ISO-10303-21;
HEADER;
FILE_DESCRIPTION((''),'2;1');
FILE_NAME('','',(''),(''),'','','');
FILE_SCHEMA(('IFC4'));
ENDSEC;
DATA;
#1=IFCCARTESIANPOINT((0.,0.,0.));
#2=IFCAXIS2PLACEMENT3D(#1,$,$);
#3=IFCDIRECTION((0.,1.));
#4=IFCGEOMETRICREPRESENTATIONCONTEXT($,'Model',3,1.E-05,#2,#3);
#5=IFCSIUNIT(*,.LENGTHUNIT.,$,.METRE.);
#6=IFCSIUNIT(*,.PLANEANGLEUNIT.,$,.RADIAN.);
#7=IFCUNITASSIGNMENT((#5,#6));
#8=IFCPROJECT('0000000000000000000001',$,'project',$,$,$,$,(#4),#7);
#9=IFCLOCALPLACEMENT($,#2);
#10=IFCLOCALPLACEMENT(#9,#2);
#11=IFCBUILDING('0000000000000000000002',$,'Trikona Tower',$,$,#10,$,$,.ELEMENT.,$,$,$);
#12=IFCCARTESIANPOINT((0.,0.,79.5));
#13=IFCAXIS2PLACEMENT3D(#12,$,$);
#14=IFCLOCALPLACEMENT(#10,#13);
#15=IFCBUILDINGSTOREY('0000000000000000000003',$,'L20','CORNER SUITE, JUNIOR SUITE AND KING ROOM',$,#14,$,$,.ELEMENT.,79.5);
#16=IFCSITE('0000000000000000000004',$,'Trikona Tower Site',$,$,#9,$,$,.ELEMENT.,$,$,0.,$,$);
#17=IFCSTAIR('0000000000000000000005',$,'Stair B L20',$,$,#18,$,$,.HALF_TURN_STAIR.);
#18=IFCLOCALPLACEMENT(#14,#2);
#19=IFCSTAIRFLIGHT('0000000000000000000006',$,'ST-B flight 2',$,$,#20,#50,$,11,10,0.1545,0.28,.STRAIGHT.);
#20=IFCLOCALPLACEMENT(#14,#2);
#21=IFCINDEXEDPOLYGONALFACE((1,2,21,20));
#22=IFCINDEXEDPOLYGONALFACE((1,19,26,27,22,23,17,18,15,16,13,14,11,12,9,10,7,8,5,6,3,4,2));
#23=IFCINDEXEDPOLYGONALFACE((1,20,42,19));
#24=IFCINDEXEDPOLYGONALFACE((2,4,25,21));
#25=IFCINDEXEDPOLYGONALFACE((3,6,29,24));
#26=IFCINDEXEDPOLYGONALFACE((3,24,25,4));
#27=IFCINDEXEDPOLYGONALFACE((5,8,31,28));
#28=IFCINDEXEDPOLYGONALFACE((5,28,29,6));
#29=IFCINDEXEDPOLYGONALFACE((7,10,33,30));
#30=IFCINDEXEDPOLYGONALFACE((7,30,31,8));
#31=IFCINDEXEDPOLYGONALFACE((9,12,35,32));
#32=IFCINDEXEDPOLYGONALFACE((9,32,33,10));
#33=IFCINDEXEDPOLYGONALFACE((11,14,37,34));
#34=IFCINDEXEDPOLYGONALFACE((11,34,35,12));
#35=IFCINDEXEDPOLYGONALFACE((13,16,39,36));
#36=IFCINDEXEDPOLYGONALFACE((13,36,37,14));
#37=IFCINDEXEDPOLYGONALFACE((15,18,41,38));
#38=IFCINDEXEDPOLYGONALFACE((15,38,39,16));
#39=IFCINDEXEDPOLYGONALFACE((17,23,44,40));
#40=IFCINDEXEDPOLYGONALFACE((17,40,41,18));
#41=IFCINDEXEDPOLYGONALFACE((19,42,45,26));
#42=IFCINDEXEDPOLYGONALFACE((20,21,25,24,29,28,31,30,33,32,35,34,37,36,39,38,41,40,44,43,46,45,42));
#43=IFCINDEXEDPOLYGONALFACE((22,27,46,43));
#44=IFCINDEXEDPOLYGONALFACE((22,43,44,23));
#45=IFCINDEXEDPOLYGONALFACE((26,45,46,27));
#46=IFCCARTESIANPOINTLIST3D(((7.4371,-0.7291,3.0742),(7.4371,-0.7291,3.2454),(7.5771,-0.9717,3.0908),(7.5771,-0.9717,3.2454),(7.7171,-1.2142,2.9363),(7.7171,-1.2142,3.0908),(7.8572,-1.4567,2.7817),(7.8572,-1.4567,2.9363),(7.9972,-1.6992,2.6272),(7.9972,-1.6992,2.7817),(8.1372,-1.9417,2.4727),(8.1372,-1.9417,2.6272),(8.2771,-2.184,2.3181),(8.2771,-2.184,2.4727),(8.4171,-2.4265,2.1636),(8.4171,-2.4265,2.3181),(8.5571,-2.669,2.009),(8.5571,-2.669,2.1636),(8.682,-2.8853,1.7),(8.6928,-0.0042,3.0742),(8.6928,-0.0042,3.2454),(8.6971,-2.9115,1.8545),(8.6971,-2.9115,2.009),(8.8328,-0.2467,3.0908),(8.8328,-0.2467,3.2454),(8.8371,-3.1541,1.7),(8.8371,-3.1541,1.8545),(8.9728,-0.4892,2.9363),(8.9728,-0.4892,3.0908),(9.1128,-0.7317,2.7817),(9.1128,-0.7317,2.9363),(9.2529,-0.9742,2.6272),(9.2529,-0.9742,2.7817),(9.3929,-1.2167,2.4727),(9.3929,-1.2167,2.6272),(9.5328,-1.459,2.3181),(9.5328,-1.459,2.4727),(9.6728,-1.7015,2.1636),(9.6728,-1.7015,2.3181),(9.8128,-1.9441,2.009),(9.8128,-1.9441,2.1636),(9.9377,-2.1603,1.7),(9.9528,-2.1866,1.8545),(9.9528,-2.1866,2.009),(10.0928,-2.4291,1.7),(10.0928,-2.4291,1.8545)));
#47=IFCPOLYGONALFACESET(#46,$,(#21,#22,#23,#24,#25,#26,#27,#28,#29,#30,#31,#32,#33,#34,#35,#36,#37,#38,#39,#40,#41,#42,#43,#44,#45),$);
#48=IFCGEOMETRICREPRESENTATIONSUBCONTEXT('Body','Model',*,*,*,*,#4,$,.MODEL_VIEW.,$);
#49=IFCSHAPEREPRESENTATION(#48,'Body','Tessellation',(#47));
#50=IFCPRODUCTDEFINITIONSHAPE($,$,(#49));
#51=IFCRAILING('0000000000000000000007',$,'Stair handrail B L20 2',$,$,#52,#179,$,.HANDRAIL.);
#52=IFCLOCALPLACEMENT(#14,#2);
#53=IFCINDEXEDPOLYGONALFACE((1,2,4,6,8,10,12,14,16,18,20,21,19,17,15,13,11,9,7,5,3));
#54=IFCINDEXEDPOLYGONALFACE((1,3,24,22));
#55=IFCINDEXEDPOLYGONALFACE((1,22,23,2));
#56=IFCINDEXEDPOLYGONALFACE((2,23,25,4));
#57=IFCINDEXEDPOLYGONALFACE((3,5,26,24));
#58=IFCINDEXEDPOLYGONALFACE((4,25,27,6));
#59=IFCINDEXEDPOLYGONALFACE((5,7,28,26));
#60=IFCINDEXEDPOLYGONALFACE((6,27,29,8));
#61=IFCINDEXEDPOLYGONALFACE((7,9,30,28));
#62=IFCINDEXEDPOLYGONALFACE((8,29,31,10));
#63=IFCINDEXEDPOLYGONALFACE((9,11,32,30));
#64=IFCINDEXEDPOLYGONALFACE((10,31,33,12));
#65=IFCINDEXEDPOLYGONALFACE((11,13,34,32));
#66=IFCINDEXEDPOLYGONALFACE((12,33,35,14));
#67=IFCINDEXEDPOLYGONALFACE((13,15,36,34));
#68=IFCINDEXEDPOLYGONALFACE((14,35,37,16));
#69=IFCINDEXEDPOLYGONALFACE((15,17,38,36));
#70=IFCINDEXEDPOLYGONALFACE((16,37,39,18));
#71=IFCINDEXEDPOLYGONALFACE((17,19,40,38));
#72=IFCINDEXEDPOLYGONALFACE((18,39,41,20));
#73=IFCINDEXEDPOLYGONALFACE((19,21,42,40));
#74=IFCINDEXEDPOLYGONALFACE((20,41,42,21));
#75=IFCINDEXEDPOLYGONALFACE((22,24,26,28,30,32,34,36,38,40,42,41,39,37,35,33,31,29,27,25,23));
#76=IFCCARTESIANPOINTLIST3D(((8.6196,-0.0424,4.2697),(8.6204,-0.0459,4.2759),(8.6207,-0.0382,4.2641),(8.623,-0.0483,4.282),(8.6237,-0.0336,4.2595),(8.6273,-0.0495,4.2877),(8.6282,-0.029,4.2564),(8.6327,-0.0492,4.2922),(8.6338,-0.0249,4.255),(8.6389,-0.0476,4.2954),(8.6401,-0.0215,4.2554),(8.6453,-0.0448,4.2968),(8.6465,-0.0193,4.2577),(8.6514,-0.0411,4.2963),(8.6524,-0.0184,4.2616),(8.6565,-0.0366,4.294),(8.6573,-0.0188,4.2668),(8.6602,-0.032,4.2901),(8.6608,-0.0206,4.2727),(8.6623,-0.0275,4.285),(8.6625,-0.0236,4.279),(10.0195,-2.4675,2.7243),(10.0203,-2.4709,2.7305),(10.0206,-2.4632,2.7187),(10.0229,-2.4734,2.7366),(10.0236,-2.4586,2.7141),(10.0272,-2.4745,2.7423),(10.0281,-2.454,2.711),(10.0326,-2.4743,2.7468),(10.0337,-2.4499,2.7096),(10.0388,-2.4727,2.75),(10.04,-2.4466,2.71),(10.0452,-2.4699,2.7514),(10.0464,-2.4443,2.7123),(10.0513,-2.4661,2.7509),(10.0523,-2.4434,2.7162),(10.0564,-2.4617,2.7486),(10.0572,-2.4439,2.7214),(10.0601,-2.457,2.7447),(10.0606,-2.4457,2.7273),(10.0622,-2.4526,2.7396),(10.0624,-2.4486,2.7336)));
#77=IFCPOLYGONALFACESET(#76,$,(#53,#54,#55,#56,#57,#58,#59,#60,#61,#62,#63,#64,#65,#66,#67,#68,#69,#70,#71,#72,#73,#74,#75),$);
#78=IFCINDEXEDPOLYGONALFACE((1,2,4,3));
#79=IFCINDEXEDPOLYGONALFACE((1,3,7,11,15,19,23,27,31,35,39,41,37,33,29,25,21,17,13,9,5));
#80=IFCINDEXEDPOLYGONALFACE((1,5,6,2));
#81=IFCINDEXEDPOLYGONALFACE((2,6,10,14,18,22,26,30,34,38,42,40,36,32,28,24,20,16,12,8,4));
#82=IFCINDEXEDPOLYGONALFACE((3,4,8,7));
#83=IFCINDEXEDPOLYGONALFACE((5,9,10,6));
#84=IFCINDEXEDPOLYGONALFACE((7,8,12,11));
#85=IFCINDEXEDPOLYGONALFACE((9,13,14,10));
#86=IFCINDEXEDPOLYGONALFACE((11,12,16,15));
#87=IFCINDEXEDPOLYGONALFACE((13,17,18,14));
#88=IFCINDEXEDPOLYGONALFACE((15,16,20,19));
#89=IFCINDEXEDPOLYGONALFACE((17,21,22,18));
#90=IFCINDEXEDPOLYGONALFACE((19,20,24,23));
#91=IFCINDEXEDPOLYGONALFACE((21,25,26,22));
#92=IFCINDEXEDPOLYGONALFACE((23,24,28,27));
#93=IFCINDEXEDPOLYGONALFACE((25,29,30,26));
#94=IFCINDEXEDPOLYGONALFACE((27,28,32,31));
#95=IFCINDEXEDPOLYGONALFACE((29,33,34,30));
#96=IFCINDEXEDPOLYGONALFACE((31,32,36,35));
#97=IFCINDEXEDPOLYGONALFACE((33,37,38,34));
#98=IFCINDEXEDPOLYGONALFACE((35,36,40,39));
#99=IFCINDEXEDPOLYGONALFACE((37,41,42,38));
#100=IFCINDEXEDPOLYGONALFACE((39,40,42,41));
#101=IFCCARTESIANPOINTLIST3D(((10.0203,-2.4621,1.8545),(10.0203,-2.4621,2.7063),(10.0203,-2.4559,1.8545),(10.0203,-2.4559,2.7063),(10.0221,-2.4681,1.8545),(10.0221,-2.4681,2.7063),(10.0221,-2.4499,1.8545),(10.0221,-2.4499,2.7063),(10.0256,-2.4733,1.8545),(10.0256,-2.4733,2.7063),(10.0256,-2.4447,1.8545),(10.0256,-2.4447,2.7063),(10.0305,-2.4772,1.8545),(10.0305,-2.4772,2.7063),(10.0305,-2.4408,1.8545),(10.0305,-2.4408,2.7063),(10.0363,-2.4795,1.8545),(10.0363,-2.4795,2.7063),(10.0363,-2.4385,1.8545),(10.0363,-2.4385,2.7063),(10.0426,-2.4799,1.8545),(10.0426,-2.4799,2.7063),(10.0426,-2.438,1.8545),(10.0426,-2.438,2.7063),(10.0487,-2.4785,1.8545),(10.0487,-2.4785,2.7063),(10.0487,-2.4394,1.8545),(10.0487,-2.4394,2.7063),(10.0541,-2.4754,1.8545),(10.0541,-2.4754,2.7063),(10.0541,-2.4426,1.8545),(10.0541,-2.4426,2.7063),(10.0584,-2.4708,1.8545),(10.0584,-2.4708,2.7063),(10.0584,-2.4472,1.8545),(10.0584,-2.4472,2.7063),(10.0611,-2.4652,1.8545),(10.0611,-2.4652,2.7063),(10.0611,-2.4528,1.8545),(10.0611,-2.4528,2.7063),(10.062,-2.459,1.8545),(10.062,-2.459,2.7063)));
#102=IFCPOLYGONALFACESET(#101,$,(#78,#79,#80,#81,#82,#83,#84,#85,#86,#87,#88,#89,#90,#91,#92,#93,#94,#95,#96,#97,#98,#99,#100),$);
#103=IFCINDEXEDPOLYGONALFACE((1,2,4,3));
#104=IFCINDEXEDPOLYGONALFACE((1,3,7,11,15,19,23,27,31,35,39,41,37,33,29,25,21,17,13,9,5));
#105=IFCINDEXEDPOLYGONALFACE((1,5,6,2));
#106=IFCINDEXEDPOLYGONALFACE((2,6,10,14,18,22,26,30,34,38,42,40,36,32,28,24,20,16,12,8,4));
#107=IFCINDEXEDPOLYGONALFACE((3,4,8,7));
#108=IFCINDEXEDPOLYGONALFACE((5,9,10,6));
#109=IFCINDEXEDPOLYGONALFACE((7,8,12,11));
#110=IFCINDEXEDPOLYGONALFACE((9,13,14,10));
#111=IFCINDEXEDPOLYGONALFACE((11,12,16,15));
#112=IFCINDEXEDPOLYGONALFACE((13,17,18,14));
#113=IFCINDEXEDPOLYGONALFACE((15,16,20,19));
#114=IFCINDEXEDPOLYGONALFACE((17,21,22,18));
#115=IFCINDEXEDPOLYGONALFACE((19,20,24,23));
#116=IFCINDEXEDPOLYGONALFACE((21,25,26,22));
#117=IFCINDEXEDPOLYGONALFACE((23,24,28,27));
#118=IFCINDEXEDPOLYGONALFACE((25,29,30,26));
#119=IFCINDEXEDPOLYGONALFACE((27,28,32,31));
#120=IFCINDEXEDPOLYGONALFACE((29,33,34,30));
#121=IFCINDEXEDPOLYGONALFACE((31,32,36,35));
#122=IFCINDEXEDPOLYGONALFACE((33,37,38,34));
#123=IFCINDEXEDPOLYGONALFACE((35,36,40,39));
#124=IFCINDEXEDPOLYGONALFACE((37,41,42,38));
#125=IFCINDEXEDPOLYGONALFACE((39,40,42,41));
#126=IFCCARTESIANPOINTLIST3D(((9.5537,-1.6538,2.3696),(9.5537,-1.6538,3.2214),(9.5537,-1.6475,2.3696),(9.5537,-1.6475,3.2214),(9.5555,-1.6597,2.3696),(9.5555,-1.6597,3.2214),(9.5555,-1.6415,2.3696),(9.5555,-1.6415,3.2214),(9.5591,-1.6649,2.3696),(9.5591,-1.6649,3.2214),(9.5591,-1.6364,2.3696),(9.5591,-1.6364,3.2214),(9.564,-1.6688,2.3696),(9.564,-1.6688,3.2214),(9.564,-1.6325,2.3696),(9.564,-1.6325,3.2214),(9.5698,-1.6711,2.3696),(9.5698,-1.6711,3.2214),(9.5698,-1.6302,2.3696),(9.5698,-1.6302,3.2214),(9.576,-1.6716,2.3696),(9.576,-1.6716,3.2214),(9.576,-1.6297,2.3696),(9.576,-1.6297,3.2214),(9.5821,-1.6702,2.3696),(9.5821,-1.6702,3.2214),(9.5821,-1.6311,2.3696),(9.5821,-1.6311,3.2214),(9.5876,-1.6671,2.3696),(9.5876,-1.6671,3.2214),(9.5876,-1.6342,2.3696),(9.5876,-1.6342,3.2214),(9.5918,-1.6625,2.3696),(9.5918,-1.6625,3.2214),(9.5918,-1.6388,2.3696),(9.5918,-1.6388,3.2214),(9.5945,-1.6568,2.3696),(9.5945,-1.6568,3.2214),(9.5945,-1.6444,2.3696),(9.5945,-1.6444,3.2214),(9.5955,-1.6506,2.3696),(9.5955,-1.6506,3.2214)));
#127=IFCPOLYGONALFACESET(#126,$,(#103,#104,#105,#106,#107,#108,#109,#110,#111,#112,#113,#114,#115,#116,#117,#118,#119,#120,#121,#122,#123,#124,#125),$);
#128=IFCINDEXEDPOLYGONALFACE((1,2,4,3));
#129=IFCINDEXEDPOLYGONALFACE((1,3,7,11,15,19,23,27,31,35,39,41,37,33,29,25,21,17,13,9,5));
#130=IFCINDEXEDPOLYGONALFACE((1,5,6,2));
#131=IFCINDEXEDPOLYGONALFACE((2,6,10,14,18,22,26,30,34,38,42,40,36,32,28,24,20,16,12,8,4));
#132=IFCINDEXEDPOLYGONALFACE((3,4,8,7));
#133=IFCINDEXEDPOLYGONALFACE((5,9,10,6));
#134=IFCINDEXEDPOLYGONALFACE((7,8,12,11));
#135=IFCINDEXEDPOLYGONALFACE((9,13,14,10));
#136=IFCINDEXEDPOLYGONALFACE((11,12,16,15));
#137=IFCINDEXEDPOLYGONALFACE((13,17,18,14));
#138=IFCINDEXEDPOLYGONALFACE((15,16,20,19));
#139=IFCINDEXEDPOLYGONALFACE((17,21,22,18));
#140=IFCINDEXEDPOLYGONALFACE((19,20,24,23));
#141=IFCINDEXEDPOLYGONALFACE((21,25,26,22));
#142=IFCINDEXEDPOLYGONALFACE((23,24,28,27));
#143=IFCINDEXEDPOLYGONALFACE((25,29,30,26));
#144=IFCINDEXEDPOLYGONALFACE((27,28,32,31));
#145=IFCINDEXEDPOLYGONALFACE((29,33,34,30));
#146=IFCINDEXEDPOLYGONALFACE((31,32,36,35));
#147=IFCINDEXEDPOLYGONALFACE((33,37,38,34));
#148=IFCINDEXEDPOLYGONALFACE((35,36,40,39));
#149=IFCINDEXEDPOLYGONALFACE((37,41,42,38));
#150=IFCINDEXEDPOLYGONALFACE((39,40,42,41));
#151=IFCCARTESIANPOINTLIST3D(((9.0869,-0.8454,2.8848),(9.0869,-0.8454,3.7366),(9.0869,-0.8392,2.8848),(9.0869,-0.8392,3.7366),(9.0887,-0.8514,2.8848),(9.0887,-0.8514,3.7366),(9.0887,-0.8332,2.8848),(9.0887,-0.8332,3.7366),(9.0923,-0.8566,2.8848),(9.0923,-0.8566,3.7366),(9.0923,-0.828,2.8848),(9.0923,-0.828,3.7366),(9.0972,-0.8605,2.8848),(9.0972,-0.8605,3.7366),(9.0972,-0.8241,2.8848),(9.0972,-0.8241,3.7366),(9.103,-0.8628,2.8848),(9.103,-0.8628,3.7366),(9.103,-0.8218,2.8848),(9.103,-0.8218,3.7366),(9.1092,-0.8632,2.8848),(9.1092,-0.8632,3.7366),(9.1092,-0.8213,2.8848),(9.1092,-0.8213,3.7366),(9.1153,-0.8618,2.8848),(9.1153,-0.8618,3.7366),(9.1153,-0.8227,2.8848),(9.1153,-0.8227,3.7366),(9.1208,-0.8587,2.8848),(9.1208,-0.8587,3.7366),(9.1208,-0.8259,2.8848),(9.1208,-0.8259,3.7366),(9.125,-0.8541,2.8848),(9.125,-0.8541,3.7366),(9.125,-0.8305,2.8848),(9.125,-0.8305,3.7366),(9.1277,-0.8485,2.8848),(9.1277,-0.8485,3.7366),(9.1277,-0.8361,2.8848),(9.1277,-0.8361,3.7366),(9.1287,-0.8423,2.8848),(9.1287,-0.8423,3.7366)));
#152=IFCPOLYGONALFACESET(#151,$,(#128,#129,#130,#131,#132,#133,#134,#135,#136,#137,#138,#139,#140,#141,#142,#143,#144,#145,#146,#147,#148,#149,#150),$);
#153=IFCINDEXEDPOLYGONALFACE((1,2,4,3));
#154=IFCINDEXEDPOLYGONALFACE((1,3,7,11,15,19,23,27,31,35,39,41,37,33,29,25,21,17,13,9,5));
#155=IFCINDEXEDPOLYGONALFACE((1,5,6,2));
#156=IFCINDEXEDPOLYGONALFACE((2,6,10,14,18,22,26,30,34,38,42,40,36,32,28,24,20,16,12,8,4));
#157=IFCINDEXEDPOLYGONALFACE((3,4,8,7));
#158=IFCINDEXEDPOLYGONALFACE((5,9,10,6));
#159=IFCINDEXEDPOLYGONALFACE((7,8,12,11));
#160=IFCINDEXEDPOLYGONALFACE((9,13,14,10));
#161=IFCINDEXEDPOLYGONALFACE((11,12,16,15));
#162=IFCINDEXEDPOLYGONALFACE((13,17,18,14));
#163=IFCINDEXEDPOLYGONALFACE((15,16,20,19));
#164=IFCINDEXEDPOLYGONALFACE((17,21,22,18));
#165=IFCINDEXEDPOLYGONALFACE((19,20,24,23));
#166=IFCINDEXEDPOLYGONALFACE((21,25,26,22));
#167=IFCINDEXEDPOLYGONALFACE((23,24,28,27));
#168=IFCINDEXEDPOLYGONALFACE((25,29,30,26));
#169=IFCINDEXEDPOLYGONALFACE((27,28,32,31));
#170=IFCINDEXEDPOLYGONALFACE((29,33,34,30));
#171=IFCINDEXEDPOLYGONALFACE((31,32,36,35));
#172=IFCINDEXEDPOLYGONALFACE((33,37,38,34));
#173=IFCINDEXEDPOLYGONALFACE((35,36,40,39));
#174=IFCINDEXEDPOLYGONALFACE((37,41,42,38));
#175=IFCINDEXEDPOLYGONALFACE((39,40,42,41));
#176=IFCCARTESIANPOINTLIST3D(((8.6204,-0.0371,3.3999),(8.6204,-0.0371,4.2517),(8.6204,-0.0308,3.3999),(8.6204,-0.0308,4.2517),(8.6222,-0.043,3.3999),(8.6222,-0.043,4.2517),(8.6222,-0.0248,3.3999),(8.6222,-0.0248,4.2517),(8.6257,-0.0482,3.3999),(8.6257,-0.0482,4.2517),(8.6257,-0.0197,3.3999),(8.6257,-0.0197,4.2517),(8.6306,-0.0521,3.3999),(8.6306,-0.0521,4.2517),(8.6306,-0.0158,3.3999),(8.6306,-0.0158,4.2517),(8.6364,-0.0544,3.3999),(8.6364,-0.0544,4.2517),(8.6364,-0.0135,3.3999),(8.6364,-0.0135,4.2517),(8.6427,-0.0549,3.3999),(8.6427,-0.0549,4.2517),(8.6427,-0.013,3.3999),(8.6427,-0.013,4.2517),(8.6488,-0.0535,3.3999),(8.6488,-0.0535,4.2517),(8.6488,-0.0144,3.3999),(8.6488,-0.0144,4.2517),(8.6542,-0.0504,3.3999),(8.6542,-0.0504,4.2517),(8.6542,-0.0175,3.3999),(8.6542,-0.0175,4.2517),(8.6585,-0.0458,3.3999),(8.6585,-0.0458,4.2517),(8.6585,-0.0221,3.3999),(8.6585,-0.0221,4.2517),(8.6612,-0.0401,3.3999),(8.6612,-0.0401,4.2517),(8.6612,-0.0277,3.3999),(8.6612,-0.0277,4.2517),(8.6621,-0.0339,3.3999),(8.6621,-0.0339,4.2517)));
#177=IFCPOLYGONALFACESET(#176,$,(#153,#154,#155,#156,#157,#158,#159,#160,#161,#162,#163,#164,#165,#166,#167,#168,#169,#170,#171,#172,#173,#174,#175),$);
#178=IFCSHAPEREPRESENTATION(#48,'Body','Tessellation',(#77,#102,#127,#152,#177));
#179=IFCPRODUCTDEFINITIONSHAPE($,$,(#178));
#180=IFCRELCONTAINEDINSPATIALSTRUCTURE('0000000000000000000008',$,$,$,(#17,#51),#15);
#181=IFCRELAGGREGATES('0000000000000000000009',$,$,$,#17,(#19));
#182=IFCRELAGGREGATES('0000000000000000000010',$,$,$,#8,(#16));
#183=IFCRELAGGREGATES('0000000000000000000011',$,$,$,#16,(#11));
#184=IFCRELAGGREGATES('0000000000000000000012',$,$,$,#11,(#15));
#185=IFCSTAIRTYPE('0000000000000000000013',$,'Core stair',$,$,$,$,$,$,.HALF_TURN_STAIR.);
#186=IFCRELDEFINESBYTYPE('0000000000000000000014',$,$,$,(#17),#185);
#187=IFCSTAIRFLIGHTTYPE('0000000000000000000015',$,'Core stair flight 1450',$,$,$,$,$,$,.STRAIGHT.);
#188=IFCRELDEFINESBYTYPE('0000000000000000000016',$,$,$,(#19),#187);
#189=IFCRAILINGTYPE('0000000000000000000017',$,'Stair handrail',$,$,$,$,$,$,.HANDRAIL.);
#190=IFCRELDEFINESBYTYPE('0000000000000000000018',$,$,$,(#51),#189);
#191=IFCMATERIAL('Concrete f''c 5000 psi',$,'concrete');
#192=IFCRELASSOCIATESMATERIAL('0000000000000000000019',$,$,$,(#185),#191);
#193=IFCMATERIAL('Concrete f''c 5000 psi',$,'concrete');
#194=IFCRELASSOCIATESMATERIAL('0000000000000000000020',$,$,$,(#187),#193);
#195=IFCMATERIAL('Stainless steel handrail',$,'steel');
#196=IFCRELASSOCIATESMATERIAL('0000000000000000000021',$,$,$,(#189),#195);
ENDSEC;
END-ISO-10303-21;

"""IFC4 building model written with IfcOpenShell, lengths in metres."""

from ifc_helpers import new_model, si_unit, direction, frame, origin, origin_2d, place, context, subcontext, project, spatial, polyline, circle, outline, extrude, material, type_object, element, aggregate, save


model = new_model("IFC4")

# Units and contexts
model_context = context("Model", 3, precision=1e-05, world=origin(), true_north=direction((0.0, 1.0)))
body_context = subcontext(model_context, "Body", "Model", "MODEL_VIEW")
ifc_project = project(units=[si_unit("LENGTHUNIT", "METRE"), si_unit("PLANEANGLEUNIT", "RADIAN")], contexts=[model_context])

# Site, building, storey
site_placement = place(None, origin())
site = spatial("IfcSite", under=ifc_project, at=site_placement, Name="Trikona Tower Site", CompositionType="ELEMENT", RefElevation=0.0)
building_placement = place(site_placement, origin())
building = spatial("IfcBuilding", under=site, at=building_placement, Name="Trikona Tower", CompositionType="ELEMENT")
storey_placement = place(building_placement, frame((0.0, 0.0, 79.5)))
storey = spatial("IfcBuildingStorey", under=building, at=storey_placement, Name="L20", Description="CORNER SUITE, JUNIOR SUITE AND KING ROOM", CompositionType="ELEMENT", Elevation=79.5)

# Stair, stair flight
ifc_material_1 = material(Name="Concrete f'c 5000 psi", Category="concrete")
stair_type = type_object("IfcStairType", Name="Core stair", PredefinedType="HALF_TURN_STAIR", material=ifc_material_1)
stair_placement = place(storey_placement, origin())
stair = element("IfcStair", 1, at=stair_placement, inside=storey, type_object=stair_type, Name="Stair B L20", PredefinedType="HALF_TURN_STAIR")
ifc_material_2 = material(Name="Concrete f'c 5000 psi", Category="concrete")
stair_flight_type = type_object("IfcStairFlightType", Name="Core stair flight 1450", PredefinedType="STRAIGHT", material=ifc_material_2)
stair_flight_placement = place(storey_placement, frame((9.4651, -2.7915, 1.7), z_axis=(0.0, 0.0, 1.0), x_axis=(-0.5, 0.866025, 0.0)))
stair_flight = element("IfcStairFlight", 2, at=stair_flight_placement, type_object=stair_flight_type, Name="ST-B flight 2", NumberOfRisers=11, NumberOfTreads=10, PredefinedType="STRAIGHT", RiserHeight=0.1545, TreadLength=0.28, context=body_context, shape_type="SweptSolid", body=[
    extrude(outline(polyline([(0.0, 0.0), (0.0, 0.1545), (0.28, 0.1545), (0.28, 0.3091), (0.5601, 0.3091), (0.5601, 0.4636), (0.8401, 0.4636), (0.8401, 0.6182), (1.1201, 0.6182), (1.1201, 0.7727), (1.3999, 0.7727), (1.3999, 0.9272), (1.6799, 0.9272), (1.6799, 1.0818), (1.96, 1.0818), (1.96, 1.2363), (2.24, 1.2363), (2.24, 1.3909), (2.52, 1.3909), (2.52, 1.5454), (2.8, 1.5454), (2.8, 1.7), (2.8, 1.3743), (0.3103, 0.0), (0.0, 0.0)])), frame((0.0, 0.7251, 0.0), z_axis=(0.0, -1.0, 0.0), x_axis=(1.0, 0.0, 0.0)), (0.0, 0.0, 1.0), 1.45),
])
aggregate(stair, [stair_flight])

# Railing
ifc_material_3 = material(Name="Stainless steel handrail", Category="steel")
railing_type = type_object("IfcRailingType", Name="Stair handrail", PredefinedType="HANDRAIL", material=ifc_material_3)
railing_placement = place(storey_placement, frame((10.041, -2.459, 1.8545)))
element("IfcRailing", 3, at=railing_placement, inside=storey, type_object=railing_type, Name="Stair handrail B L20 2", PredefinedType="HANDRAIL", context=body_context, shape_type="SweptSolid", body=[
    extrude(circle(Radius=0.0239, at=origin_2d()), frame((0.0, 0.0, 0.876), z_axis=(-0.437707, 0.75824, 0.483203), x_axis=(-0.866056, -0.499946, 0.0)), (0.0, 0.0, 1.0), 3.1982),
    extrude(circle(Radius=0.021, at=origin_2d()), origin(), (0.0, 0.0, 1.0), 0.8518),
    extrude(circle(Radius=0.021, at=origin_2d()), frame((-0.4666, 0.8083, 0.5151)), (0.0, 0.0, 1.0), 0.8518),
    extrude(circle(Radius=0.021, at=origin_2d()), frame((-0.9333, 1.6167, 1.0303)), (0.0, 0.0, 1.0), 0.8518),
    extrude(circle(Radius=0.021, at=origin_2d()), frame((-1.3999, 2.425, 1.5454)), (0.0, 0.0, 1.0), 0.8518),
])

save(model, "model.ifc")
